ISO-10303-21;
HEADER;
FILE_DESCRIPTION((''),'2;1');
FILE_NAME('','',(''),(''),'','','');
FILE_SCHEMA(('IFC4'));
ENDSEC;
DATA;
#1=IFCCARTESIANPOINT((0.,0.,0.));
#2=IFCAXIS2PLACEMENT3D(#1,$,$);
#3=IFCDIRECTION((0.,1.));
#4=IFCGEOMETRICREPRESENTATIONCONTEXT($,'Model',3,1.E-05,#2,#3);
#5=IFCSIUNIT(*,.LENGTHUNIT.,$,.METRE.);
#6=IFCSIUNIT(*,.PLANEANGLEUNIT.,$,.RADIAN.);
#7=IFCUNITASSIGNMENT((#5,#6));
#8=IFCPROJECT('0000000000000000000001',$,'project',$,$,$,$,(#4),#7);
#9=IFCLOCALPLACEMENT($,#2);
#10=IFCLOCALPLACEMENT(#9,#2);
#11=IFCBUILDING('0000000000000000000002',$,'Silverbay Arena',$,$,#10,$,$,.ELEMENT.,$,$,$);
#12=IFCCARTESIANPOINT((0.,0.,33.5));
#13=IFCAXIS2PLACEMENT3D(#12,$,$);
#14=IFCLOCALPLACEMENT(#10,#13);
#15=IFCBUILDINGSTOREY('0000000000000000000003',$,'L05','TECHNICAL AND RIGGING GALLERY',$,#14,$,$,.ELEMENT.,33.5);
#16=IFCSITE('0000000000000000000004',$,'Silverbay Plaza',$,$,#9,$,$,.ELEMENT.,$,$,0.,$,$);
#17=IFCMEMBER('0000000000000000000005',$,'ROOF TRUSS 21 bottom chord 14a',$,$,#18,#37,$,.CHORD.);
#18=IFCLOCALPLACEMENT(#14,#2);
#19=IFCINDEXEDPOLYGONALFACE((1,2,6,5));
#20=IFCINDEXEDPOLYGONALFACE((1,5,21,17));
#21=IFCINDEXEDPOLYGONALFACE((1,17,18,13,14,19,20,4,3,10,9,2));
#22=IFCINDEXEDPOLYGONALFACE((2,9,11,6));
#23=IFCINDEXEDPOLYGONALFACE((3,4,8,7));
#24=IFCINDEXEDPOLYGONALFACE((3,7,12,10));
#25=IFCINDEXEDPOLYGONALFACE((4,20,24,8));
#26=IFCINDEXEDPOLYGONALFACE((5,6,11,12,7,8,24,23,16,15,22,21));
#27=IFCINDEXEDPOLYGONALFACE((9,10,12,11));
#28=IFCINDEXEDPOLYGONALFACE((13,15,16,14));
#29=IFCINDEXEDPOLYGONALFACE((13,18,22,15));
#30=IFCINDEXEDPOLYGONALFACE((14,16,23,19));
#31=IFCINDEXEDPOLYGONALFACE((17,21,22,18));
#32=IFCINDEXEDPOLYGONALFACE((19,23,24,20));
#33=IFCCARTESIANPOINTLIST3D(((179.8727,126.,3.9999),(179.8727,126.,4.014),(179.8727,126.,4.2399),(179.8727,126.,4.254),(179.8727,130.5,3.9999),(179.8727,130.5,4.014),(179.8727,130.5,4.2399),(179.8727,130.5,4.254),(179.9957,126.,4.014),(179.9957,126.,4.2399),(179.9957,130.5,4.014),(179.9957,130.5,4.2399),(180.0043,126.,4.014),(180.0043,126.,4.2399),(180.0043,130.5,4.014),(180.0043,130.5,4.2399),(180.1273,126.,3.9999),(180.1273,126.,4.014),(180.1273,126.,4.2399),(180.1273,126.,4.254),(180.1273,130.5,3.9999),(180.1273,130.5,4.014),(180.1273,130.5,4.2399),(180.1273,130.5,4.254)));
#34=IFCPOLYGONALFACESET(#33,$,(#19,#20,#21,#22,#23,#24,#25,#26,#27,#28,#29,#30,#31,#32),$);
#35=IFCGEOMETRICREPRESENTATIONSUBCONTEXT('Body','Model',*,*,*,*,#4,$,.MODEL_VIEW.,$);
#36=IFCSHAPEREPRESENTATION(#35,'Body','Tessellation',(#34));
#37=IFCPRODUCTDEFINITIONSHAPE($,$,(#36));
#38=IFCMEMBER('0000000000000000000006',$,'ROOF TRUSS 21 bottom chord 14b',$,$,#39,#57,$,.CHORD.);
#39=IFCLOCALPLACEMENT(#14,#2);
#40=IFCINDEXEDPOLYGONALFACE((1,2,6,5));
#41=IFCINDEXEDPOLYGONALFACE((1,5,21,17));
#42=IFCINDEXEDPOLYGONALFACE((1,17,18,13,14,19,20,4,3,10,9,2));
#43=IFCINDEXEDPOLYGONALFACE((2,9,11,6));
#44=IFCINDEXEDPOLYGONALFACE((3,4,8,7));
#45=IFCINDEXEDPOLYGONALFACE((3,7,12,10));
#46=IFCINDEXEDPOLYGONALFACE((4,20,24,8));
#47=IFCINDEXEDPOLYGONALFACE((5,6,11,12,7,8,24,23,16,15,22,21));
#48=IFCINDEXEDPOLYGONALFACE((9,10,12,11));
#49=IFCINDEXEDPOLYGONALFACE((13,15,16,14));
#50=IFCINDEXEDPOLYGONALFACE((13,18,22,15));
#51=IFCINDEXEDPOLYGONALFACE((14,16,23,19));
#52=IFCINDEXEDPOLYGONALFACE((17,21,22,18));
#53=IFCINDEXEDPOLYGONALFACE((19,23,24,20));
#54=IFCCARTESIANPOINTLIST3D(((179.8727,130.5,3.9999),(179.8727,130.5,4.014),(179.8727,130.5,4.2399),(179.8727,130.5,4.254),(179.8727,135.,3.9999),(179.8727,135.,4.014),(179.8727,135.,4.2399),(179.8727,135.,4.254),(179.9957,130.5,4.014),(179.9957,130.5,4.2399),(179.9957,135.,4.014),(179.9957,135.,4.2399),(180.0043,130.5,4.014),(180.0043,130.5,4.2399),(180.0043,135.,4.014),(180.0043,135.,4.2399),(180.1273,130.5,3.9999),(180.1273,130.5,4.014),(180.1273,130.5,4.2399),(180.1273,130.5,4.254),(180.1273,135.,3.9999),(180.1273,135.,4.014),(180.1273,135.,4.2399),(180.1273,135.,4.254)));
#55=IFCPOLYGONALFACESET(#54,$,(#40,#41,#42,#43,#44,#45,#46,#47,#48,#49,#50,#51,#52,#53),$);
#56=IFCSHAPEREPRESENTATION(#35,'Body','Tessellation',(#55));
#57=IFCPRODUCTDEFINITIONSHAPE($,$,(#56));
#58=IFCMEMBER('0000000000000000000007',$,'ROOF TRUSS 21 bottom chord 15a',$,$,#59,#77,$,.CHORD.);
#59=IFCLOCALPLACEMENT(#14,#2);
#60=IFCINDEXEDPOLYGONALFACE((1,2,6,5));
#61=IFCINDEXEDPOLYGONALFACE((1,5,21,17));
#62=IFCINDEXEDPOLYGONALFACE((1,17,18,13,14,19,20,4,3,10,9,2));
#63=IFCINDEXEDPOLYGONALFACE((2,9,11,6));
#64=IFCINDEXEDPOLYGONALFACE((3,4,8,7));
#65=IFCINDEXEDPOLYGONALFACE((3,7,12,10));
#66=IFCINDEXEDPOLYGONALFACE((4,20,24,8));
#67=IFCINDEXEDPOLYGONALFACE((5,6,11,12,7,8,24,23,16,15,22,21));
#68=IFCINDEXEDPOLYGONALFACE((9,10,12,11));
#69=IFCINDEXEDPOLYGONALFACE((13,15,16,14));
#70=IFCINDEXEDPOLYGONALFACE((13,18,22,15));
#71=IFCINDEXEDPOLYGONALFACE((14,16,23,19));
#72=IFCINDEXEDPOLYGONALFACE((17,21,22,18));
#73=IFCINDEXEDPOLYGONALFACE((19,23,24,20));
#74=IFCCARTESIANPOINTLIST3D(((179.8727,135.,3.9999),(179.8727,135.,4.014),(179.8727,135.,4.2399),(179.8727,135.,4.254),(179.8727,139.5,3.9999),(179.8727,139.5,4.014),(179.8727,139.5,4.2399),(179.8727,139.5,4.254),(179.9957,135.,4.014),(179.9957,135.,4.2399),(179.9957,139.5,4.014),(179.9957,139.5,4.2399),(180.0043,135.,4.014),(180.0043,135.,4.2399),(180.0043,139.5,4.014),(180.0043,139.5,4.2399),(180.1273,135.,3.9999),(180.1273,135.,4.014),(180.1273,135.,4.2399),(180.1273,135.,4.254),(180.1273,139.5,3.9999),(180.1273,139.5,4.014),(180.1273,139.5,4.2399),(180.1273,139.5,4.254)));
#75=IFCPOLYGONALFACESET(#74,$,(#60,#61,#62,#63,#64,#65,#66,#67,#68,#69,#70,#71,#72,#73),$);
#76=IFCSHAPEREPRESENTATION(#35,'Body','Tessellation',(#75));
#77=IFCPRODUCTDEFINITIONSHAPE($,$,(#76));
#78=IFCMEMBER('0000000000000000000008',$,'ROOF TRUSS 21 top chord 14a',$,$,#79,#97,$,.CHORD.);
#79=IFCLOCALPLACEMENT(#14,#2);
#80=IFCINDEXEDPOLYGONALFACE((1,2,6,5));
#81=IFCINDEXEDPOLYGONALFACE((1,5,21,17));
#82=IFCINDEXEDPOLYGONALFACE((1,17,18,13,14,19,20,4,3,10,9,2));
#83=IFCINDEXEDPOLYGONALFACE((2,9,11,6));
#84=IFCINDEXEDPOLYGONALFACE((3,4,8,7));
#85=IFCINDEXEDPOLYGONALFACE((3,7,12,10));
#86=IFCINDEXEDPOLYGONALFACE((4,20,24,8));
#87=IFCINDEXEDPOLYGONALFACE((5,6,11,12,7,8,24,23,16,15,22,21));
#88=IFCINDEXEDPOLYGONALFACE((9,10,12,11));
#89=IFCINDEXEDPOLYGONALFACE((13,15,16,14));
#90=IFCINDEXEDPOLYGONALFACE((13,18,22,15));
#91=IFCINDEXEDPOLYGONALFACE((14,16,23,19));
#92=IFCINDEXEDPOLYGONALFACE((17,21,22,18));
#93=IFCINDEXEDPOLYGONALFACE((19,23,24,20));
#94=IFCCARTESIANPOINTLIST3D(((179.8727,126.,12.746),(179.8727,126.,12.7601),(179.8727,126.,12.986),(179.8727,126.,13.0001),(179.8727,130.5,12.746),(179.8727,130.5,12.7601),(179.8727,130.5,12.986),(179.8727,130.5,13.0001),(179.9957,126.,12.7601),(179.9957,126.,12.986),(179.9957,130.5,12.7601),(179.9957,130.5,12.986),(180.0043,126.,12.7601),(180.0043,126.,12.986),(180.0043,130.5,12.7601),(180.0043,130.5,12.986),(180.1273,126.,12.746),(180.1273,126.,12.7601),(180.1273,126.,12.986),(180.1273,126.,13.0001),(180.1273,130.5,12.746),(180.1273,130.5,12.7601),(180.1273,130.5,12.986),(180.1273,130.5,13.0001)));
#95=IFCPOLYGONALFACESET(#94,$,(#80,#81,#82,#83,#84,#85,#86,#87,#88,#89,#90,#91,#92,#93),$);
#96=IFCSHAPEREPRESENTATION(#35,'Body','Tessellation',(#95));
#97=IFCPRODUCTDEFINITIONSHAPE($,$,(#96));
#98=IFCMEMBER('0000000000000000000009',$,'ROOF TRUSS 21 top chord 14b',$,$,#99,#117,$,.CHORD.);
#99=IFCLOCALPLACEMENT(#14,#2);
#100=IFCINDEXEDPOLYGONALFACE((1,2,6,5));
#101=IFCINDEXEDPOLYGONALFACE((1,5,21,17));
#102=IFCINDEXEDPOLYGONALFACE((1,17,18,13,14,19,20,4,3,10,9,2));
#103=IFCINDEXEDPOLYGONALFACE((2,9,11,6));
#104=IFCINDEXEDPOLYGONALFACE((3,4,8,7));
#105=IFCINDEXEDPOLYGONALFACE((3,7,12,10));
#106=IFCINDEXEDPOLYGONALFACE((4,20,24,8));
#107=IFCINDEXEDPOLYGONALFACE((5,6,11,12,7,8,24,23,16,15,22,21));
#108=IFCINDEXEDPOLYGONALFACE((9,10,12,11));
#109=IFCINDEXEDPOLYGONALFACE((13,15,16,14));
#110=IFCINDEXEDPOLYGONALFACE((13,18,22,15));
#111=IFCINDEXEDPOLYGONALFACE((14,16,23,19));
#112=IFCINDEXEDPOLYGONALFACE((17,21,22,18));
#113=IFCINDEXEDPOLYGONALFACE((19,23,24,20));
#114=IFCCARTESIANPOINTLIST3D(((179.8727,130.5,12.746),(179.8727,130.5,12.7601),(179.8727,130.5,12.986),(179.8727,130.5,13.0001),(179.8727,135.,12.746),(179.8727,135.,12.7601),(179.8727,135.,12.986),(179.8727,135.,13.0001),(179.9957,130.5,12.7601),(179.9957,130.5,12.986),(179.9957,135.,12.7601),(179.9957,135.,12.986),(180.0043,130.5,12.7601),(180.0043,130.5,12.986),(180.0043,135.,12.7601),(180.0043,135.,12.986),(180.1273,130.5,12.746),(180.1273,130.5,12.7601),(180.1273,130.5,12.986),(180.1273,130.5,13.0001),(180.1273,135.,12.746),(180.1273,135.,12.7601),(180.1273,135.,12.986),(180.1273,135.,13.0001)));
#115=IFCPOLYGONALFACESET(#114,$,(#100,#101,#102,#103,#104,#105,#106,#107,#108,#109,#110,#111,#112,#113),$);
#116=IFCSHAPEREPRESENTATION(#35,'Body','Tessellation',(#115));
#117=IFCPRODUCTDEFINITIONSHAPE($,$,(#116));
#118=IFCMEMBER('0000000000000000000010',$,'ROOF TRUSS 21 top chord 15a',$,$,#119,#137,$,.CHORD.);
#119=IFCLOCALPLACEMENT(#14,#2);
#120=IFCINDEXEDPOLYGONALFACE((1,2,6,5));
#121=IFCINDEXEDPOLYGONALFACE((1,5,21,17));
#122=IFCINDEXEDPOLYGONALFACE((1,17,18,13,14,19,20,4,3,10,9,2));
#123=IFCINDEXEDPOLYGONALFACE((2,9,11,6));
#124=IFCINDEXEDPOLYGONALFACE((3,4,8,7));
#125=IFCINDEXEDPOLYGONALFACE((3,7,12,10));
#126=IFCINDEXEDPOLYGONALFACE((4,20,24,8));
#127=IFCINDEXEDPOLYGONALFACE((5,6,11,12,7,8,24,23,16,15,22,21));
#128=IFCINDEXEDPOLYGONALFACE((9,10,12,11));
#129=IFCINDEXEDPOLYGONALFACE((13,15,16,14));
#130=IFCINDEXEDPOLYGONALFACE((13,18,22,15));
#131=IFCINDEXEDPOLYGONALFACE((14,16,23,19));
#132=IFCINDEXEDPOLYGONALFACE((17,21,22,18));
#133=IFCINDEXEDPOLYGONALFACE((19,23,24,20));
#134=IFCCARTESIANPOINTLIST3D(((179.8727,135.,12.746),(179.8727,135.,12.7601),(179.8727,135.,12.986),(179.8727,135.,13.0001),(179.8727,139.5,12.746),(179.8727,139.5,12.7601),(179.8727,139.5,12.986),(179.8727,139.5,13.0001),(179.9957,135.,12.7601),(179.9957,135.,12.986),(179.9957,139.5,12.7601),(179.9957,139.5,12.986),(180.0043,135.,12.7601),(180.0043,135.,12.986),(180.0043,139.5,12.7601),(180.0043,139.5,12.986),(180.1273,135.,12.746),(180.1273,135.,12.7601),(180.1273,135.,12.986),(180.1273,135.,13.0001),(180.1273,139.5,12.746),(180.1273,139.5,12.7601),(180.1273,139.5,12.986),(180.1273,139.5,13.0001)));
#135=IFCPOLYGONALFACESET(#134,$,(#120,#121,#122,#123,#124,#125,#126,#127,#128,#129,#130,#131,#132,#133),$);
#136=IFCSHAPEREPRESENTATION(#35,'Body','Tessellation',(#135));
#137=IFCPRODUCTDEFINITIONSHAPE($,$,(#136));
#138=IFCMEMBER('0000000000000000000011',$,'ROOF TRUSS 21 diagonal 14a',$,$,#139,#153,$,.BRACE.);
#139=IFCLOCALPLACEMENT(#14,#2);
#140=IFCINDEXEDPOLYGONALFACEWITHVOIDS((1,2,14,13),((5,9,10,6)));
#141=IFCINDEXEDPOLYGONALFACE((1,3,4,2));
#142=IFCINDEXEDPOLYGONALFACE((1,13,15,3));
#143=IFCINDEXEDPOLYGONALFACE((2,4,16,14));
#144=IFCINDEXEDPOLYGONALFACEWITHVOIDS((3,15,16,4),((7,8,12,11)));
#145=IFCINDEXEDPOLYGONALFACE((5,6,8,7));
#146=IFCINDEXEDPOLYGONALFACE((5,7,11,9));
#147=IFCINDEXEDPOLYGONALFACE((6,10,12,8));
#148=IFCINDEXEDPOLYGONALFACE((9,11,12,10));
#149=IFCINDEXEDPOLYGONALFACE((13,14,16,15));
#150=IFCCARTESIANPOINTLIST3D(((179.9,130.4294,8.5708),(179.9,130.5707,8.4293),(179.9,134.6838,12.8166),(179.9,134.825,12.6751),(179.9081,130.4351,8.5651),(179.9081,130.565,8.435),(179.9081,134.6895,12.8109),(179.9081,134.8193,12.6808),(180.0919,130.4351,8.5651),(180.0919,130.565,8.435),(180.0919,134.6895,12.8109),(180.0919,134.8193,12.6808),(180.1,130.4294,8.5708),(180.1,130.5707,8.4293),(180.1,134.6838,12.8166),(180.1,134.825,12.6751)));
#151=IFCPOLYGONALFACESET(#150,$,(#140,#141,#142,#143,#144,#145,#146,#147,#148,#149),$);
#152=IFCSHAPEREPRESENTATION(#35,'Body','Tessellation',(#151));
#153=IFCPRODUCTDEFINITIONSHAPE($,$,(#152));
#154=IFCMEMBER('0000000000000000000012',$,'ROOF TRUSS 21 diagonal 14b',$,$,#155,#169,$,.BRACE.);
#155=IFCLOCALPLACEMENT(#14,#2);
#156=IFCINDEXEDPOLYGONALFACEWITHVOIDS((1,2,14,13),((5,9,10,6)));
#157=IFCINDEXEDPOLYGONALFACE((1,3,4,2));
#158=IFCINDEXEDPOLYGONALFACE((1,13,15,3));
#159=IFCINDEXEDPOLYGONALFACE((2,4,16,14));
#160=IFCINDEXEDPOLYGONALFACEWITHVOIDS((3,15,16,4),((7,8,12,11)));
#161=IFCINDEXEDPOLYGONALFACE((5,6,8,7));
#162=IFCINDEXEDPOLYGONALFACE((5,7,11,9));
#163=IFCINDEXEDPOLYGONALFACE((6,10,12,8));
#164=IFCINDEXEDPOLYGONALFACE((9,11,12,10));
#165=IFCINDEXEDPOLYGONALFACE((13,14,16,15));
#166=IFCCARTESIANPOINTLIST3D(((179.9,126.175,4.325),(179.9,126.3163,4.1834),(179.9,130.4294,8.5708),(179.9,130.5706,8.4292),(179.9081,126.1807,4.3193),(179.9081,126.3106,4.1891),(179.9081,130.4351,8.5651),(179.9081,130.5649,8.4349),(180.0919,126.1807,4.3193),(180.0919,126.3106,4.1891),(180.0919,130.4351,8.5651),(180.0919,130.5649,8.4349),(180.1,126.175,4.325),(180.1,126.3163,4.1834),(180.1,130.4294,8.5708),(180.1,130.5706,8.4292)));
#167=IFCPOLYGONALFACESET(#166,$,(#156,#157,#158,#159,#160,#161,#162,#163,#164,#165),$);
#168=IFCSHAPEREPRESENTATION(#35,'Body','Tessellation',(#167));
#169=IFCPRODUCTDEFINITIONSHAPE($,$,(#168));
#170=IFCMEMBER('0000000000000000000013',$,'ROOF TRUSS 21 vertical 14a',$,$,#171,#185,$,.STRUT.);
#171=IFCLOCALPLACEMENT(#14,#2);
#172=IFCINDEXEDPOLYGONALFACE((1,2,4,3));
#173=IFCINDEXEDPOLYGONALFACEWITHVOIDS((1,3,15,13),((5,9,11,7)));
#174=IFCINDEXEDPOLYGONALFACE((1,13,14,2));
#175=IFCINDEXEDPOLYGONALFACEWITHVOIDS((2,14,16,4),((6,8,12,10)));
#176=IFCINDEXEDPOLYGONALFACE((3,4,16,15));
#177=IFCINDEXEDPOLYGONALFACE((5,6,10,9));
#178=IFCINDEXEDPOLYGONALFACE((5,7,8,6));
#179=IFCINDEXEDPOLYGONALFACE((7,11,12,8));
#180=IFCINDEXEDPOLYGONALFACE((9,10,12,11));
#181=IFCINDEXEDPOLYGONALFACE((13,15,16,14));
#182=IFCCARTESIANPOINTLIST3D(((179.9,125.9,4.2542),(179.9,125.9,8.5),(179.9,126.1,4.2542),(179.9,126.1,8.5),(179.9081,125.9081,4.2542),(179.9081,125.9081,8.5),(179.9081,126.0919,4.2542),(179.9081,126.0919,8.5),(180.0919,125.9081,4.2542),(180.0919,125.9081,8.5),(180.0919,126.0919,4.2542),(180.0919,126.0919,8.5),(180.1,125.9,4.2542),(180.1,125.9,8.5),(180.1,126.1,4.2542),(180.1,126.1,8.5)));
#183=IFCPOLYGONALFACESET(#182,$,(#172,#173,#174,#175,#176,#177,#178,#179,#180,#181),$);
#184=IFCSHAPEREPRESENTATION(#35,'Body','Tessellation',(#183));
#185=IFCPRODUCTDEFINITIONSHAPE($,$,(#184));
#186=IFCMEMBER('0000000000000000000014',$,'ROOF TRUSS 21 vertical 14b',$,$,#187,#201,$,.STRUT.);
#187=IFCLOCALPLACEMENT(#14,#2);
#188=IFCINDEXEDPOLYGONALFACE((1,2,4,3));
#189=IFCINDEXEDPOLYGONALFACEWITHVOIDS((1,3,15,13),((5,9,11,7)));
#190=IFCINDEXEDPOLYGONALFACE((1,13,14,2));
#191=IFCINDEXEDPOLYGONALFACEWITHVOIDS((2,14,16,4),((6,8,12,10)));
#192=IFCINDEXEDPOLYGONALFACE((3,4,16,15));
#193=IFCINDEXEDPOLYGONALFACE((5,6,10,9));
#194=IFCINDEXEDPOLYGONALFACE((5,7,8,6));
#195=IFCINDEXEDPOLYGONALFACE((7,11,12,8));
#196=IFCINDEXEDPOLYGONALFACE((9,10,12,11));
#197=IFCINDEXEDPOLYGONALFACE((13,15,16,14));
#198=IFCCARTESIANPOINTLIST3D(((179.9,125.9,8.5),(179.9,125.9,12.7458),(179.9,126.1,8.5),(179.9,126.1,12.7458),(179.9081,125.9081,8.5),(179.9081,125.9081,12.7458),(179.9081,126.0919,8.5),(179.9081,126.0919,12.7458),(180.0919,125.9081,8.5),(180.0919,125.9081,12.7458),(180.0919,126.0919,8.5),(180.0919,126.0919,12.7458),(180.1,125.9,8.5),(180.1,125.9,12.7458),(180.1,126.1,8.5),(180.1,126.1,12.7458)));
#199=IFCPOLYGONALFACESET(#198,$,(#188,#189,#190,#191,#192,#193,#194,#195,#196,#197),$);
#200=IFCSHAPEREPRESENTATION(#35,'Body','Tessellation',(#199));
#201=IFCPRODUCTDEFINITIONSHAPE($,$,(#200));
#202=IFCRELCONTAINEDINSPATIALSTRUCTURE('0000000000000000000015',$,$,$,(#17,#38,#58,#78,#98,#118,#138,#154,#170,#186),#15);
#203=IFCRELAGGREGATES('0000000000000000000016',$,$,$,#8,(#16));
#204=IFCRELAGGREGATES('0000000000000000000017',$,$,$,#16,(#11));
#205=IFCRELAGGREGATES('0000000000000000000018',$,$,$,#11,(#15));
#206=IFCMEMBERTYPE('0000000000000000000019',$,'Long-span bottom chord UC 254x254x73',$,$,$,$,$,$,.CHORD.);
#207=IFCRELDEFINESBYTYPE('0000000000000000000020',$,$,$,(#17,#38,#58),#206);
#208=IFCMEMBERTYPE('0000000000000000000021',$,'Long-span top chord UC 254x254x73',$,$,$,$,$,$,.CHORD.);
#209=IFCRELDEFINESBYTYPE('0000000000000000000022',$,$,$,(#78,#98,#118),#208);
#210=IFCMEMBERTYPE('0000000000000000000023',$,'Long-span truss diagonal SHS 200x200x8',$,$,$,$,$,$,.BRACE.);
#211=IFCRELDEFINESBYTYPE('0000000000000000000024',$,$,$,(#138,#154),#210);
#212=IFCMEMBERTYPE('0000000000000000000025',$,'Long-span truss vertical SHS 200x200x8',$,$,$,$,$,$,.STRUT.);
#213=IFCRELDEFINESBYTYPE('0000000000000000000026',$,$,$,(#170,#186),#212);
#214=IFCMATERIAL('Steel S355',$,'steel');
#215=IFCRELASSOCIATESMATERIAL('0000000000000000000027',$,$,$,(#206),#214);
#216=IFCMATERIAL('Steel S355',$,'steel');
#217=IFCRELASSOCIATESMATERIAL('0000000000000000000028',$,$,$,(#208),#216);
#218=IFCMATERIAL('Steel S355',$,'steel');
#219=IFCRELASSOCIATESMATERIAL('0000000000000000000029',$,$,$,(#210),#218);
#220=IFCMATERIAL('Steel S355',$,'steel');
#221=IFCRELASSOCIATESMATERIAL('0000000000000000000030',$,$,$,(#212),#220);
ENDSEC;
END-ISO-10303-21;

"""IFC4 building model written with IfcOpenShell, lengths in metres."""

from ifc_helpers import new_model, si_unit, direction, frame, origin, origin_2d, place, context, subcontext, project, spatial, hollow_rectangle, i_section, extrude, material, material_profile, profile_set, type_object, element, save


model = new_model("IFC4")

# Units and contexts
model_context = context("Model", 3, precision=1e-05, world=origin(), true_north=direction((0.0, 1.0)))
body_context = subcontext(model_context, "Body", "Model", "MODEL_VIEW")
ifc_project = project(units=[si_unit("LENGTHUNIT", "METRE"), si_unit("PLANEANGLEUNIT", "RADIAN")], contexts=[model_context])

# Site, building, storey
site_placement = place(None, origin())
site = spatial("IfcSite", under=ifc_project, at=site_placement, Name="Silverbay Plaza", CompositionType="ELEMENT", RefElevation=0.0)
building_placement = place(site_placement, origin())
building = spatial("IfcBuilding", under=site, at=building_placement, Name="Silverbay Arena", CompositionType="ELEMENT")
storey_placement = place(building_placement, frame((0.0, 0.0, 33.5)))
storey = spatial("IfcBuildingStorey", under=building, at=storey_placement, Name="L05", Description="TECHNICAL AND RIGGING GALLERY", CompositionType="ELEMENT", Elevation=33.5)

# Members
ifc_material_1 = material(Name="Steel S355", Category="steel")
ifc_material_profile_1 = material_profile(ifc_material_1, i_section(OverallWidth=0.2546, OverallDepth=0.2542, WebThickness=0.0085, FlangeThickness=0.0142, at=origin_2d()), Name="UC 254x254x73")
ifc_profile_set_1 = profile_set([ifc_material_profile_1], Name="Steel S355")
member_type_1 = type_object("IfcMemberType", Name="Long-span bottom chord UC 254x254x73", PredefinedType="CHORD", material=ifc_profile_set_1)
for number, where, z_axis, x_axis, name in (
    (1, (180.0, 126.0, 4.127), (0.0, 1.0, 0.0), (-1.0, 0.0, 0.0), "ROOF TRUSS 21 bottom chord 14a"),
    (2, (180.0, 130.5, 4.127), (0.0, 1.0, 0.0), (-1.0, 0.0, 0.0), "ROOF TRUSS 21 bottom chord 14b"),
    (3, (180.0, 135.0, 4.127), (0.0, 1.0, 0.0), (-1.0, 0.0, 0.0), "ROOF TRUSS 21 bottom chord 15a"),
):
    element("IfcMember", number, at=place(storey_placement, frame(where, z_axis=z_axis, x_axis=x_axis)), inside=storey, type_object=member_type_1, Name=name, PredefinedType="CHORD", context=body_context, shape_type="SweptSolid", body=[
        extrude(i_section(OverallWidth=0.2546, OverallDepth=0.2542, WebThickness=0.0085, FlangeThickness=0.0142, at=origin_2d()), origin(), (0.0, 0.0, 1.0), 4.5),
    ])
ifc_material_2 = material(Name="Steel S355", Category="steel")
ifc_material_profile_2 = material_profile(ifc_material_2, i_section(OverallWidth=0.2546, OverallDepth=0.2542, WebThickness=0.0085, FlangeThickness=0.0142, at=origin_2d()), Name="UC 254x254x73")
ifc_profile_set_2 = profile_set([ifc_material_profile_2], Name="Steel S355")
member_type_2 = type_object("IfcMemberType", Name="Long-span top chord UC 254x254x73", PredefinedType="CHORD", material=ifc_profile_set_2)
for number, where, z_axis, x_axis, name in (
    (4, (180.0, 126.0, 12.873), (0.0, 1.0, 0.0), (-1.0, 0.0, 0.0), "ROOF TRUSS 21 top chord 14a"),
    (5, (180.0, 130.5, 12.873), (0.0, 1.0, 0.0), (-1.0, 0.0, 0.0), "ROOF TRUSS 21 top chord 14b"),
    (6, (180.0, 135.0, 12.873), (0.0, 1.0, 0.0), (-1.0, 0.0, 0.0), "ROOF TRUSS 21 top chord 15a"),
):
    element("IfcMember", number, at=place(storey_placement, frame(where, z_axis=z_axis, x_axis=x_axis)), inside=storey, type_object=member_type_2, Name=name, PredefinedType="CHORD", context=body_context, shape_type="SweptSolid", body=[
        extrude(i_section(OverallWidth=0.2546, OverallDepth=0.2542, WebThickness=0.0085, FlangeThickness=0.0142, at=origin_2d()), origin(), (0.0, 0.0, 1.0), 4.5),
    ])
ifc_material_3 = material(Name="Steel S355", Category="steel")
ifc_material_profile_3 = material_profile(ifc_material_3, hollow_rectangle(XDim=0.2, YDim=0.2, WallThickness=0.0081, at=origin_2d()), Name="SHS 200x200x8")
ifc_profile_set_3 = profile_set([ifc_material_profile_3], Name="Steel S355")
member_type_3 = type_object("IfcMemberType", Name="Long-span truss diagonal SHS 200x200x8", PredefinedType="BRACE", material=ifc_profile_set_3)
for number, where, z_axis, x_axis, name in (
    (7, (180.0, 134.7544, 12.7458), (0.0, -0.707817, -0.706396), (1.0, 0.0, 0.0), "ROOF TRUSS 21 diagonal 14a"),
    (8, (180.0, 130.5, 8.5), (0.0, -0.707817, -0.706396), (1.0, 0.0, 0.0), "ROOF TRUSS 21 diagonal 14b"),
):
    element("IfcMember", number, at=place(storey_placement, frame(where, z_axis=z_axis, x_axis=x_axis)), inside=storey, type_object=member_type_3, Name=name, PredefinedType="BRACE", context=body_context, shape_type="SweptSolid", body=[
        extrude(hollow_rectangle(XDim=0.2, YDim=0.2, WallThickness=0.0081, at=origin_2d()), origin(), (0.0, 0.0, 1.0), 6.0105),
    ])
ifc_material_4 = material(Name="Steel S355", Category="steel")
ifc_material_profile_4 = material_profile(ifc_material_4, hollow_rectangle(XDim=0.2, YDim=0.2, WallThickness=0.0081, at=origin_2d()), Name="SHS 200x200x8")
ifc_profile_set_4 = profile_set([ifc_material_profile_4], Name="Steel S355")
member_type_4 = type_object("IfcMemberType", Name="Long-span truss vertical SHS 200x200x8", PredefinedType="STRUT", material=ifc_profile_set_4)
for number, where, z_axis, x_axis, name in (
    (9, (180.0, 126.0, 4.2542), (0.0, 0.0, 1.0), (1.0, 0.0, 0.0), "ROOF TRUSS 21 vertical 14a"),
    (10, (180.0, 126.0, 8.5), (0.0, 0.0, 1.0), (1.0, 0.0, 0.0), "ROOF TRUSS 21 vertical 14b"),
):
    element("IfcMember", number, at=place(storey_placement, frame(where, z_axis=z_axis, x_axis=x_axis)), inside=storey, type_object=member_type_4, Name=name, PredefinedType="STRUT", context=body_context, shape_type="SweptSolid", body=[
        extrude(hollow_rectangle(XDim=0.2, YDim=0.2, WallThickness=0.0081, at=origin_2d()), origin(), (0.0, 0.0, 1.0), 4.2458),
    ])

save(model, "model.ifc")
